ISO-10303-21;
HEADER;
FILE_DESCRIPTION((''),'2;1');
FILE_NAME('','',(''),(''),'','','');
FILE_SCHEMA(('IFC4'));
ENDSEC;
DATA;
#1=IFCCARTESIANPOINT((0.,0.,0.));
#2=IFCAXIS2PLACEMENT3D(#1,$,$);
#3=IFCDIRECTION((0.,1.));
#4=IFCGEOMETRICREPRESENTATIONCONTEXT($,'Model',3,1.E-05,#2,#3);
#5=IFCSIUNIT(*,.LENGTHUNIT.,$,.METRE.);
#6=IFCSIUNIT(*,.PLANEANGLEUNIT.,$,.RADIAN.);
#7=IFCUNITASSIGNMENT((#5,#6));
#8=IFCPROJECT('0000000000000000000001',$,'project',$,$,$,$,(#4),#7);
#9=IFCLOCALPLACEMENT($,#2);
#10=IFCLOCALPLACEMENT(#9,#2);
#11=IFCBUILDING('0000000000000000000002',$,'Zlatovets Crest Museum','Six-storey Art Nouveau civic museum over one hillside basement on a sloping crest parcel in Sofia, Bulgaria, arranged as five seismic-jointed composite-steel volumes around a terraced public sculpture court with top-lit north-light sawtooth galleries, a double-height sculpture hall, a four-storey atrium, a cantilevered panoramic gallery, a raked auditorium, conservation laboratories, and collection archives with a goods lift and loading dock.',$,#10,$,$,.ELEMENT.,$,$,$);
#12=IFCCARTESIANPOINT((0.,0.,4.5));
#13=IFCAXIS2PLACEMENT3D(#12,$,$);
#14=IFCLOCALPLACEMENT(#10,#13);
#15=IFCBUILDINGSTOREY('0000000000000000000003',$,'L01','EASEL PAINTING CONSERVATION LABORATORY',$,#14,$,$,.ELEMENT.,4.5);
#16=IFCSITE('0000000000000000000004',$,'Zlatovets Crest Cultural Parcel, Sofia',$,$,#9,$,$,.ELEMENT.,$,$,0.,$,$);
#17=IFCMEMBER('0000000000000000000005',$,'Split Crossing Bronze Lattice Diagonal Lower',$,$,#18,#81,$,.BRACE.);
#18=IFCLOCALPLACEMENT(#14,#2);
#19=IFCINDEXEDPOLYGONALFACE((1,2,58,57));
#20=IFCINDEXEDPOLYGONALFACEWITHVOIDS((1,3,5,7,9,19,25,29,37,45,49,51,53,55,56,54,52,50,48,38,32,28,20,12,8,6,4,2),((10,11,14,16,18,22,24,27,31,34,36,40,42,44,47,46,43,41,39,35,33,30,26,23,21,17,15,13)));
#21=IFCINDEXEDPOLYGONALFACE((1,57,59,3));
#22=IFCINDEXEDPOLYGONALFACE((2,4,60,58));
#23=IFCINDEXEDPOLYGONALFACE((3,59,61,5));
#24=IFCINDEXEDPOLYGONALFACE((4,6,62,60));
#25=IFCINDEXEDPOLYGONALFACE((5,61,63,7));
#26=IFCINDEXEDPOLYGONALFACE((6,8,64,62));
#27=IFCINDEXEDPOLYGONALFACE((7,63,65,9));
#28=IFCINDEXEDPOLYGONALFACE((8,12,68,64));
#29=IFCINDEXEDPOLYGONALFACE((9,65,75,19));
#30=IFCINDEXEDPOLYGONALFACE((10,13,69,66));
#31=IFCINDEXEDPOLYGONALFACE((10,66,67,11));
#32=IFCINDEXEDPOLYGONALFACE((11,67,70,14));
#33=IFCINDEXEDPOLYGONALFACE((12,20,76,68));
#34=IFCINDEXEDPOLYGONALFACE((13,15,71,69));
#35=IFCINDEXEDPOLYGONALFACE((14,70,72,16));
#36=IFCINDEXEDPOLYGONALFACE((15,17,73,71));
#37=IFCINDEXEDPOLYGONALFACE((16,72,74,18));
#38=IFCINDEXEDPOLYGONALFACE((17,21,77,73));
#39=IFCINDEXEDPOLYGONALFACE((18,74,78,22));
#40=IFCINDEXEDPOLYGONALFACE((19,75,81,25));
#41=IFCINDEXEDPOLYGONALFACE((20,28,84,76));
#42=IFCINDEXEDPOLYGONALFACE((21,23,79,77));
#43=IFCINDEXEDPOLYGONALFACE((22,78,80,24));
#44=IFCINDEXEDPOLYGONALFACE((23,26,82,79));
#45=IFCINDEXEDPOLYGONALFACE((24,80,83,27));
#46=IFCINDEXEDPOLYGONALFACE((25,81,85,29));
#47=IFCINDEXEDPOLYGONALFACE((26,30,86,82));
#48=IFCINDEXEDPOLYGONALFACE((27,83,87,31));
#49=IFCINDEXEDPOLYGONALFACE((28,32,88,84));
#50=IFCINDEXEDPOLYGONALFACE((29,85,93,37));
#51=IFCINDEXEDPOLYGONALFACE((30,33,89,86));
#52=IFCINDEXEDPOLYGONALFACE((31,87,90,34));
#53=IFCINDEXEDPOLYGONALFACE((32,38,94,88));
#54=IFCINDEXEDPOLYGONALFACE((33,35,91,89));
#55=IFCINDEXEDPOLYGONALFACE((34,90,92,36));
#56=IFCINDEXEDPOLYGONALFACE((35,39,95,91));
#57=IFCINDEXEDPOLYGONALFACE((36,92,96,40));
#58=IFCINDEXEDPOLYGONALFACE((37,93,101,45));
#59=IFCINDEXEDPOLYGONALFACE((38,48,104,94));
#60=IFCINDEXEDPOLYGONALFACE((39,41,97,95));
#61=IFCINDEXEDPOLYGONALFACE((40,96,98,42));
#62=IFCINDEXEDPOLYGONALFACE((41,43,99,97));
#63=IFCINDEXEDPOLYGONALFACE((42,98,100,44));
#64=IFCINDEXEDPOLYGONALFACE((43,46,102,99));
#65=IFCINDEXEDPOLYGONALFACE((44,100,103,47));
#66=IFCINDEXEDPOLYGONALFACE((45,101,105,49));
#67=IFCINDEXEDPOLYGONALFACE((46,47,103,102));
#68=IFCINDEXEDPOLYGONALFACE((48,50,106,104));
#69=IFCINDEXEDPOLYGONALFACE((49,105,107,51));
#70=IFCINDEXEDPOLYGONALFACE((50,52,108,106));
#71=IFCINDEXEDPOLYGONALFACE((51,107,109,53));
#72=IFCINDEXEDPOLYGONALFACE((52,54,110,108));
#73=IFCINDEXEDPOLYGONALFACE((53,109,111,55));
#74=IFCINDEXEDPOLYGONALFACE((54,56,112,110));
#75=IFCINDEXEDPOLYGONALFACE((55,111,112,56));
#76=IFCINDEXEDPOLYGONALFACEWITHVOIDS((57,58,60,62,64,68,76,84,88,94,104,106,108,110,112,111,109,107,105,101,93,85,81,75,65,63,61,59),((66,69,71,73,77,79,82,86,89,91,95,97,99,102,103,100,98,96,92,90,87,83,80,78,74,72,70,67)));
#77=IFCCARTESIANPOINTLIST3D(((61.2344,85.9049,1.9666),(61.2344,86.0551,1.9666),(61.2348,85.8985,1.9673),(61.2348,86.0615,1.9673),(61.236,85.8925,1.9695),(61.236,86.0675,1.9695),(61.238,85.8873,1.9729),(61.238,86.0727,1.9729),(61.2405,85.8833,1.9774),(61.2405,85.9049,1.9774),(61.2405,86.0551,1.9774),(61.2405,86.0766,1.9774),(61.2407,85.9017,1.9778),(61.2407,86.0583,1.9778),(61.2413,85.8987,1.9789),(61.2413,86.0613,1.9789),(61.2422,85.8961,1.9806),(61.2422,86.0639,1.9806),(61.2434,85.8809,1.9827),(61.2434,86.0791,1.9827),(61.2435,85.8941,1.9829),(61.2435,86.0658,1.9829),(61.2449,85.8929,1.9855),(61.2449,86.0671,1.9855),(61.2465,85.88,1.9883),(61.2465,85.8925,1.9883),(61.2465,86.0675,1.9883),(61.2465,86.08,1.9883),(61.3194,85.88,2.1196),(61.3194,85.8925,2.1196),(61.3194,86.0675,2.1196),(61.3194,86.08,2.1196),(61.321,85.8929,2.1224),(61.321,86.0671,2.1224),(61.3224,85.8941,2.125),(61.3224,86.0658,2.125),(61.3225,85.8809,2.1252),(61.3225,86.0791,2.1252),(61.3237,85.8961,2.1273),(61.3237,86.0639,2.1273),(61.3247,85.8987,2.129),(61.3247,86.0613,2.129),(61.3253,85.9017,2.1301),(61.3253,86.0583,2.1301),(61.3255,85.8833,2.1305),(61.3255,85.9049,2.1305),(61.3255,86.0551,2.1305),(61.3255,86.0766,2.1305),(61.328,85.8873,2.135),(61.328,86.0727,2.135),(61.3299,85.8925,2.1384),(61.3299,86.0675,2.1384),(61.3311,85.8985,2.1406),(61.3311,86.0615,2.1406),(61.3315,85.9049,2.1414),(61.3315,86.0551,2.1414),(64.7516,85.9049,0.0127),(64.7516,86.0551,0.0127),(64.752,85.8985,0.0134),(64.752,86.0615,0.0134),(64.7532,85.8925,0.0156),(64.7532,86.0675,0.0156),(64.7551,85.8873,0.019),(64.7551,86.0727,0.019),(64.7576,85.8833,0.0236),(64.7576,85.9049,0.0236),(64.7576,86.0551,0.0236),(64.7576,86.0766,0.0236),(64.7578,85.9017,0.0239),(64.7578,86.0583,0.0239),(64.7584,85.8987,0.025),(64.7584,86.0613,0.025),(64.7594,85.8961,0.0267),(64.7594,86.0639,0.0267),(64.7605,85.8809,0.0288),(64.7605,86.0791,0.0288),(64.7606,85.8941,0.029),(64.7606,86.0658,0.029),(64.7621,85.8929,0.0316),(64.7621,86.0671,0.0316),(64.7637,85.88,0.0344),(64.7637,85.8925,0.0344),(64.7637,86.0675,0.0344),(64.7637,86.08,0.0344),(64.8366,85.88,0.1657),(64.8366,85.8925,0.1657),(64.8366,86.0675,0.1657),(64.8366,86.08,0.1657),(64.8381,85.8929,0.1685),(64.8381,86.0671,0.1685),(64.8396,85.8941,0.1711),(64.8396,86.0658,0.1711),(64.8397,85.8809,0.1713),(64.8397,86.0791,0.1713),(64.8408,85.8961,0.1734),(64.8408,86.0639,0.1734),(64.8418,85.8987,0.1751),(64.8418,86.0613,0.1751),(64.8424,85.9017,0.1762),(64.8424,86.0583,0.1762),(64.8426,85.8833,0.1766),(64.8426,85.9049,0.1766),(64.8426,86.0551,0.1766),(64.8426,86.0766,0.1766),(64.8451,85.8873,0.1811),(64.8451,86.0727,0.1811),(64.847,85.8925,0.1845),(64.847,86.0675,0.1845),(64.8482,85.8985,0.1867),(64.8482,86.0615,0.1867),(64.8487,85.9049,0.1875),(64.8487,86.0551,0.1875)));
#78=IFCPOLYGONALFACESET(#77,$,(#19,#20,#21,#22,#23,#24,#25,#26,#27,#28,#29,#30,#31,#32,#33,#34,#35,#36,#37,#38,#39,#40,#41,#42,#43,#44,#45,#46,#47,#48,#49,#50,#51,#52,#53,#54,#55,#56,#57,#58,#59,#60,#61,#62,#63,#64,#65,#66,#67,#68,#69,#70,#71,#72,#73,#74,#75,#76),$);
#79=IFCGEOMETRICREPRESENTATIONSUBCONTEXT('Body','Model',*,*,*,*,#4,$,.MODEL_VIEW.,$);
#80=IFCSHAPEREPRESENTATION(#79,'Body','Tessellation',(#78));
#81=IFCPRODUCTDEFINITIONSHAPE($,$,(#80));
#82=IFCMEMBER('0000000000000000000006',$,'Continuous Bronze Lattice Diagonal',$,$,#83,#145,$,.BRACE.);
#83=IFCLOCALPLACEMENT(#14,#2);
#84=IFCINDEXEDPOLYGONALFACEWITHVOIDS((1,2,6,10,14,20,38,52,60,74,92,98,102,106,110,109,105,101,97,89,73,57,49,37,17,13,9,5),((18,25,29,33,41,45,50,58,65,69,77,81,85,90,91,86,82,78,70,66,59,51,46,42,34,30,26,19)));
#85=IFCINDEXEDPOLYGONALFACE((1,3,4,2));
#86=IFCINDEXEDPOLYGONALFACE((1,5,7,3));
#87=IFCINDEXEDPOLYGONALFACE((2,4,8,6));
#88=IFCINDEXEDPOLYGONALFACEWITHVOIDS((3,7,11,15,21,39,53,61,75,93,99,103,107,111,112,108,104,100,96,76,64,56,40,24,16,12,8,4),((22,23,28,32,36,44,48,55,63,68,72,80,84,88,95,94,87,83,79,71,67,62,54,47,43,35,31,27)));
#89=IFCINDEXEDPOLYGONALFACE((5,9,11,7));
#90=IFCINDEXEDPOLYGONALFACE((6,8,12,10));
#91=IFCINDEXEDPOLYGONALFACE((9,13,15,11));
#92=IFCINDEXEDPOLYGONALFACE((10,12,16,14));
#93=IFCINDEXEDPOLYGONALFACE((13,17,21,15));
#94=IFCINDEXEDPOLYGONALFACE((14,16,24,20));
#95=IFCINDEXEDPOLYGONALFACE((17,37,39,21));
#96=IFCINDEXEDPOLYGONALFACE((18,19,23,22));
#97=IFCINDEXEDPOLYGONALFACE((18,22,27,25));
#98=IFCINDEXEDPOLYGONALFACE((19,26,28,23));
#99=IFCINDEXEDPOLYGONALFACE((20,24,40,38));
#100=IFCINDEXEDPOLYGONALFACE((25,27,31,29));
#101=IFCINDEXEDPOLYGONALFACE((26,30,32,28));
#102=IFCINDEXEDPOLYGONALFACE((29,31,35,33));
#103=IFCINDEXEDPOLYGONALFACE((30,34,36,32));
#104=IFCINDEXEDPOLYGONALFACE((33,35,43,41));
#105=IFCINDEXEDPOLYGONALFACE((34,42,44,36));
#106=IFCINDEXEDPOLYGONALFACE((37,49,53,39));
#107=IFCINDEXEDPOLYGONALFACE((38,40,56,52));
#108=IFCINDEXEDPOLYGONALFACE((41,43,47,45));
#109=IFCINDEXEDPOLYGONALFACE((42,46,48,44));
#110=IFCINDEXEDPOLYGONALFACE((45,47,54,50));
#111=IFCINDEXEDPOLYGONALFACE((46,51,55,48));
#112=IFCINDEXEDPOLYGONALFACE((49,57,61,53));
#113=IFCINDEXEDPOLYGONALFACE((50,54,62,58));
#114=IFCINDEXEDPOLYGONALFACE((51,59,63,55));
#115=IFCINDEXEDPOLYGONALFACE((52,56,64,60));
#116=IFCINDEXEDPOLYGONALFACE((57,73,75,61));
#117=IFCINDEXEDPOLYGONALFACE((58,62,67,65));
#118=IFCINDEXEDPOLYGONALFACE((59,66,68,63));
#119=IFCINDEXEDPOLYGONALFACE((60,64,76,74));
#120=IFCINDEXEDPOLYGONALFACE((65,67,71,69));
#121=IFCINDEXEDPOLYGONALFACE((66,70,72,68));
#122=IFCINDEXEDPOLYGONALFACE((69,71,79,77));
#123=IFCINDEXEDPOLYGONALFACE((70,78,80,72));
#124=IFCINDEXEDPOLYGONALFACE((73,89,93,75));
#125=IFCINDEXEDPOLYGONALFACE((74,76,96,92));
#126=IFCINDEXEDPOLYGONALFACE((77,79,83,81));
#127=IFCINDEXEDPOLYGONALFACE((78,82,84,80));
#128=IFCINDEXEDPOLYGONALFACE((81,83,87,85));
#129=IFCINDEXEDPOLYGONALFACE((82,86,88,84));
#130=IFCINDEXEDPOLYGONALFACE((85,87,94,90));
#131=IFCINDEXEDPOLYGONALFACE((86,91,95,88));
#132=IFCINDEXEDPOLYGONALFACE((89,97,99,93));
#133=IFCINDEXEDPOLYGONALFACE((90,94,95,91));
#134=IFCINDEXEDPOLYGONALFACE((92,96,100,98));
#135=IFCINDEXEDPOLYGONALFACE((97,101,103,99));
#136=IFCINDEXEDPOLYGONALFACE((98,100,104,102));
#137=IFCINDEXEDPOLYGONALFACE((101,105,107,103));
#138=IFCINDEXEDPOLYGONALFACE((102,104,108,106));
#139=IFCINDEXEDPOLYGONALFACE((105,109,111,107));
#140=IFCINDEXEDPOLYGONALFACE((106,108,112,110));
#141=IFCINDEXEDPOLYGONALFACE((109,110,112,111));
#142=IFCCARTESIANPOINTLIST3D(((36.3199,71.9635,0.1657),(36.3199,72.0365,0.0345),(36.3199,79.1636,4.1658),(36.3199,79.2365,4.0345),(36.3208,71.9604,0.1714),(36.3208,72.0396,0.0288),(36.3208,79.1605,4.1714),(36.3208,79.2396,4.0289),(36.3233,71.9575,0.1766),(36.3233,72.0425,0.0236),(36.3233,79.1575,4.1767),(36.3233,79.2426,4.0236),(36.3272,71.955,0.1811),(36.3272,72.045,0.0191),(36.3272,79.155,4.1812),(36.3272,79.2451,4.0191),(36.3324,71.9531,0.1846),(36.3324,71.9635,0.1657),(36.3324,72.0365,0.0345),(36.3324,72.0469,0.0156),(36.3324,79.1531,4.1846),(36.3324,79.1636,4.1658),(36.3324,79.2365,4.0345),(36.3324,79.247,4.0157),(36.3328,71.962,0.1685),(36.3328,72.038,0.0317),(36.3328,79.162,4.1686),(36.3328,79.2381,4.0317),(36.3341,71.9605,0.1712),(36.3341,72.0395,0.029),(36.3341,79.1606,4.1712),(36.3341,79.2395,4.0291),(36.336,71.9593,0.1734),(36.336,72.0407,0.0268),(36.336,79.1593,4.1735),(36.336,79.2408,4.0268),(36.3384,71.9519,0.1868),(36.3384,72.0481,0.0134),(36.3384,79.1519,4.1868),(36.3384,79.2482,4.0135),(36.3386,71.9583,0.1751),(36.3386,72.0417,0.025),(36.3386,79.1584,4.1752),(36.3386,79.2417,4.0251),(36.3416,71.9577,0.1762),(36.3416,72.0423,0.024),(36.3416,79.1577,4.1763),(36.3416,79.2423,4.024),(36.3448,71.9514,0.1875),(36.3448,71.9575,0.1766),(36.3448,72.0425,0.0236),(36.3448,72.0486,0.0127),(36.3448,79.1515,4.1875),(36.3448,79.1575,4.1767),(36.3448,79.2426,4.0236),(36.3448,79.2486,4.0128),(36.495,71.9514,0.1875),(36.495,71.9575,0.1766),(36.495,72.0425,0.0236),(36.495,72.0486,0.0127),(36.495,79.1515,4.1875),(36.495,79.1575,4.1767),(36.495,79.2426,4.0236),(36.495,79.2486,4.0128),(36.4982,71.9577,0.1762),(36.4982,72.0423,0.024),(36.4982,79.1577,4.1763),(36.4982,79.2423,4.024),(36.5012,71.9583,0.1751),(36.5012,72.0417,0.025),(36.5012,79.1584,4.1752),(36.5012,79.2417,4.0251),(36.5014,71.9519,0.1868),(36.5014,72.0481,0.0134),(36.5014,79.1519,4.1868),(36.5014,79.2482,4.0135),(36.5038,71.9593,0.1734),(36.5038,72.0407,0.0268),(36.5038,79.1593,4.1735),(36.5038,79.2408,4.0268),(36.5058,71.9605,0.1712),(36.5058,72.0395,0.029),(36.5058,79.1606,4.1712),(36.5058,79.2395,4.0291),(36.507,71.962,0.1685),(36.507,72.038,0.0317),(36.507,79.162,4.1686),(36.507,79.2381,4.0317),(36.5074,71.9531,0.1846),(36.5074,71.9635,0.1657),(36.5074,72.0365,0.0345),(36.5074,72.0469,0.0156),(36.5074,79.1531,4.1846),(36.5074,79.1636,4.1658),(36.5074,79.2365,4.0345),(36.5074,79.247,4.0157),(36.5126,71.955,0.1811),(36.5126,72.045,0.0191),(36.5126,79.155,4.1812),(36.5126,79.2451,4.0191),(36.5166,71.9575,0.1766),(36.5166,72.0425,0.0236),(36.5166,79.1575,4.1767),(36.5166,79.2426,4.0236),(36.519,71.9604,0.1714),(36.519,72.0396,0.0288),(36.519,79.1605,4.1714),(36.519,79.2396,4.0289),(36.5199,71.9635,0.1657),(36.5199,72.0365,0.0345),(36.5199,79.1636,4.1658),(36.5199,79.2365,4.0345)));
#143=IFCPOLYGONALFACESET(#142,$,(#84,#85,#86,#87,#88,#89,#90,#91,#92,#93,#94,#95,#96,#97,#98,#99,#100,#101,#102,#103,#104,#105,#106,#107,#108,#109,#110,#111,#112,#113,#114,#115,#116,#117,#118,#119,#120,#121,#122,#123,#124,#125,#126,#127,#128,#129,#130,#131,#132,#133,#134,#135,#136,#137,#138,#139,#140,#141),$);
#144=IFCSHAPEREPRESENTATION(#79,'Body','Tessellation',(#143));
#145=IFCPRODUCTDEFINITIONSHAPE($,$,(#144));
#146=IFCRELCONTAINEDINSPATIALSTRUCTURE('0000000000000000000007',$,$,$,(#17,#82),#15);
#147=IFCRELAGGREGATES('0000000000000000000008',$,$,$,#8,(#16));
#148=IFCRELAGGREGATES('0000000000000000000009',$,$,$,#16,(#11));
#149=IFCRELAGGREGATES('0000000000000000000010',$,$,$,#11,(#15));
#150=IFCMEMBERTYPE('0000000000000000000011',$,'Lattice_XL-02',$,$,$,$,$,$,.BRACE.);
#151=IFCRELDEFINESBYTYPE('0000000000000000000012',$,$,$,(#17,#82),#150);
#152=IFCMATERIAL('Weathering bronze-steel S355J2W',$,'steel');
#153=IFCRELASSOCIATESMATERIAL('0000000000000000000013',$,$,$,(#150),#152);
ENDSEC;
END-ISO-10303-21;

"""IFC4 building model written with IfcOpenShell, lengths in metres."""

from ifc_helpers import new_model, si_unit, direction, frame, origin, origin_2d, place, context, subcontext, project, spatial, hollow_rectangle, extrude, material, material_profile, profile_set, type_object, element, save


model = new_model("IFC4")

# Units and contexts
model_context = context("Model", 3, precision=1e-05, world=origin(), true_north=direction((0.0, 1.0)))
body_context = subcontext(model_context, "Body", "Model", "MODEL_VIEW")
ifc_project = project(units=[si_unit("LENGTHUNIT", "METRE"), si_unit("PLANEANGLEUNIT", "RADIAN")], contexts=[model_context])

# Site, building, storey
site_placement = place(None, origin())
site = spatial("IfcSite", under=ifc_project, at=site_placement, Name="Zlatovets Crest Cultural Parcel, Sofia", CompositionType="ELEMENT", RefElevation=0.0)
building_placement = place(site_placement, origin())
building = spatial("IfcBuilding", under=site, at=building_placement, Name="Zlatovets Crest Museum", Description="Six-storey Art Nouveau civic museum over one hillside basement on a sloping crest parcel in Sofia, Bulgaria, arranged as five seismic-jointed composite-steel volumes around a terraced public sculpture court with top-lit north-light sawtooth galleries, a double-height sculpture hall, a four-storey atrium, a cantilevered panoramic gallery, a raked auditorium, conservation laboratories, and collection archives with a goods lift and loading dock.", CompositionType="ELEMENT")
storey_placement = place(building_placement, frame((0.0, 0.0, 4.5)))
storey = spatial("IfcBuildingStorey", under=building, at=storey_placement, Name="L01", Description="EASEL PAINTING CONSERVATION LABORATORY", CompositionType="ELEMENT", Elevation=4.5)

# Members
ifc_material_1 = material(Name="Weathering bronze-steel S355J2W", Category="steel")
ifc_material_profile_1 = material_profile(ifc_material_1, hollow_rectangle(XDim=0.2, YDim=0.2, WallThickness=0.0125, InnerFilletRadius=0.0125, OuterFilletRadius=0.0249, at=origin_2d()), Name="SHS 200x200x12.5")
ifc_profile_set_1 = profile_set([ifc_material_profile_1], Name="Weathering bronze-steel S355J2W")
member_type_1 = type_object("IfcMemberType", Name="Lattice_XL-02", PredefinedType="BRACE", material=ifc_profile_set_1)
member_1_placement = place(storey_placement, frame((61.283, 85.98, 2.054), z_axis=(0.874166, 0.0, -0.485627), x_axis=(0.0, 1.0, 0.0)))
element("IfcMember", 1, at=member_1_placement, inside=storey, type_object=member_type_1, Name="Split Crossing Bronze Lattice Diagonal Lower", PredefinedType="BRACE", context=body_context, shape_type="SweptSolid", body=[
    extrude(hollow_rectangle(XDim=0.2, YDim=0.2, WallThickness=0.0125, InnerFilletRadius=0.0125, OuterFilletRadius=0.0249, at=origin_2d()), origin(), (0.0, 0.0, 1.0), 4.0234),
])
member_2_placement = place(storey_placement, frame((36.4199, 72.0, 0.1001), z_axis=(0.0, 0.874156, 0.485645), x_axis=(-1.0, 0.0, 0.0)))
element("IfcMember", 2, at=member_2_placement, inside=storey, type_object=member_type_1, Name="Continuous Bronze Lattice Diagonal", PredefinedType="BRACE", context=body_context, shape_type="SweptSolid", body=[
    extrude(hollow_rectangle(XDim=0.2, YDim=0.2, WallThickness=0.0125, InnerFilletRadius=0.0125, OuterFilletRadius=0.0249, at=origin_2d()), origin(), (0.0, 0.0, 1.0), 8.2366),
])

save(model, "model.ifc")
